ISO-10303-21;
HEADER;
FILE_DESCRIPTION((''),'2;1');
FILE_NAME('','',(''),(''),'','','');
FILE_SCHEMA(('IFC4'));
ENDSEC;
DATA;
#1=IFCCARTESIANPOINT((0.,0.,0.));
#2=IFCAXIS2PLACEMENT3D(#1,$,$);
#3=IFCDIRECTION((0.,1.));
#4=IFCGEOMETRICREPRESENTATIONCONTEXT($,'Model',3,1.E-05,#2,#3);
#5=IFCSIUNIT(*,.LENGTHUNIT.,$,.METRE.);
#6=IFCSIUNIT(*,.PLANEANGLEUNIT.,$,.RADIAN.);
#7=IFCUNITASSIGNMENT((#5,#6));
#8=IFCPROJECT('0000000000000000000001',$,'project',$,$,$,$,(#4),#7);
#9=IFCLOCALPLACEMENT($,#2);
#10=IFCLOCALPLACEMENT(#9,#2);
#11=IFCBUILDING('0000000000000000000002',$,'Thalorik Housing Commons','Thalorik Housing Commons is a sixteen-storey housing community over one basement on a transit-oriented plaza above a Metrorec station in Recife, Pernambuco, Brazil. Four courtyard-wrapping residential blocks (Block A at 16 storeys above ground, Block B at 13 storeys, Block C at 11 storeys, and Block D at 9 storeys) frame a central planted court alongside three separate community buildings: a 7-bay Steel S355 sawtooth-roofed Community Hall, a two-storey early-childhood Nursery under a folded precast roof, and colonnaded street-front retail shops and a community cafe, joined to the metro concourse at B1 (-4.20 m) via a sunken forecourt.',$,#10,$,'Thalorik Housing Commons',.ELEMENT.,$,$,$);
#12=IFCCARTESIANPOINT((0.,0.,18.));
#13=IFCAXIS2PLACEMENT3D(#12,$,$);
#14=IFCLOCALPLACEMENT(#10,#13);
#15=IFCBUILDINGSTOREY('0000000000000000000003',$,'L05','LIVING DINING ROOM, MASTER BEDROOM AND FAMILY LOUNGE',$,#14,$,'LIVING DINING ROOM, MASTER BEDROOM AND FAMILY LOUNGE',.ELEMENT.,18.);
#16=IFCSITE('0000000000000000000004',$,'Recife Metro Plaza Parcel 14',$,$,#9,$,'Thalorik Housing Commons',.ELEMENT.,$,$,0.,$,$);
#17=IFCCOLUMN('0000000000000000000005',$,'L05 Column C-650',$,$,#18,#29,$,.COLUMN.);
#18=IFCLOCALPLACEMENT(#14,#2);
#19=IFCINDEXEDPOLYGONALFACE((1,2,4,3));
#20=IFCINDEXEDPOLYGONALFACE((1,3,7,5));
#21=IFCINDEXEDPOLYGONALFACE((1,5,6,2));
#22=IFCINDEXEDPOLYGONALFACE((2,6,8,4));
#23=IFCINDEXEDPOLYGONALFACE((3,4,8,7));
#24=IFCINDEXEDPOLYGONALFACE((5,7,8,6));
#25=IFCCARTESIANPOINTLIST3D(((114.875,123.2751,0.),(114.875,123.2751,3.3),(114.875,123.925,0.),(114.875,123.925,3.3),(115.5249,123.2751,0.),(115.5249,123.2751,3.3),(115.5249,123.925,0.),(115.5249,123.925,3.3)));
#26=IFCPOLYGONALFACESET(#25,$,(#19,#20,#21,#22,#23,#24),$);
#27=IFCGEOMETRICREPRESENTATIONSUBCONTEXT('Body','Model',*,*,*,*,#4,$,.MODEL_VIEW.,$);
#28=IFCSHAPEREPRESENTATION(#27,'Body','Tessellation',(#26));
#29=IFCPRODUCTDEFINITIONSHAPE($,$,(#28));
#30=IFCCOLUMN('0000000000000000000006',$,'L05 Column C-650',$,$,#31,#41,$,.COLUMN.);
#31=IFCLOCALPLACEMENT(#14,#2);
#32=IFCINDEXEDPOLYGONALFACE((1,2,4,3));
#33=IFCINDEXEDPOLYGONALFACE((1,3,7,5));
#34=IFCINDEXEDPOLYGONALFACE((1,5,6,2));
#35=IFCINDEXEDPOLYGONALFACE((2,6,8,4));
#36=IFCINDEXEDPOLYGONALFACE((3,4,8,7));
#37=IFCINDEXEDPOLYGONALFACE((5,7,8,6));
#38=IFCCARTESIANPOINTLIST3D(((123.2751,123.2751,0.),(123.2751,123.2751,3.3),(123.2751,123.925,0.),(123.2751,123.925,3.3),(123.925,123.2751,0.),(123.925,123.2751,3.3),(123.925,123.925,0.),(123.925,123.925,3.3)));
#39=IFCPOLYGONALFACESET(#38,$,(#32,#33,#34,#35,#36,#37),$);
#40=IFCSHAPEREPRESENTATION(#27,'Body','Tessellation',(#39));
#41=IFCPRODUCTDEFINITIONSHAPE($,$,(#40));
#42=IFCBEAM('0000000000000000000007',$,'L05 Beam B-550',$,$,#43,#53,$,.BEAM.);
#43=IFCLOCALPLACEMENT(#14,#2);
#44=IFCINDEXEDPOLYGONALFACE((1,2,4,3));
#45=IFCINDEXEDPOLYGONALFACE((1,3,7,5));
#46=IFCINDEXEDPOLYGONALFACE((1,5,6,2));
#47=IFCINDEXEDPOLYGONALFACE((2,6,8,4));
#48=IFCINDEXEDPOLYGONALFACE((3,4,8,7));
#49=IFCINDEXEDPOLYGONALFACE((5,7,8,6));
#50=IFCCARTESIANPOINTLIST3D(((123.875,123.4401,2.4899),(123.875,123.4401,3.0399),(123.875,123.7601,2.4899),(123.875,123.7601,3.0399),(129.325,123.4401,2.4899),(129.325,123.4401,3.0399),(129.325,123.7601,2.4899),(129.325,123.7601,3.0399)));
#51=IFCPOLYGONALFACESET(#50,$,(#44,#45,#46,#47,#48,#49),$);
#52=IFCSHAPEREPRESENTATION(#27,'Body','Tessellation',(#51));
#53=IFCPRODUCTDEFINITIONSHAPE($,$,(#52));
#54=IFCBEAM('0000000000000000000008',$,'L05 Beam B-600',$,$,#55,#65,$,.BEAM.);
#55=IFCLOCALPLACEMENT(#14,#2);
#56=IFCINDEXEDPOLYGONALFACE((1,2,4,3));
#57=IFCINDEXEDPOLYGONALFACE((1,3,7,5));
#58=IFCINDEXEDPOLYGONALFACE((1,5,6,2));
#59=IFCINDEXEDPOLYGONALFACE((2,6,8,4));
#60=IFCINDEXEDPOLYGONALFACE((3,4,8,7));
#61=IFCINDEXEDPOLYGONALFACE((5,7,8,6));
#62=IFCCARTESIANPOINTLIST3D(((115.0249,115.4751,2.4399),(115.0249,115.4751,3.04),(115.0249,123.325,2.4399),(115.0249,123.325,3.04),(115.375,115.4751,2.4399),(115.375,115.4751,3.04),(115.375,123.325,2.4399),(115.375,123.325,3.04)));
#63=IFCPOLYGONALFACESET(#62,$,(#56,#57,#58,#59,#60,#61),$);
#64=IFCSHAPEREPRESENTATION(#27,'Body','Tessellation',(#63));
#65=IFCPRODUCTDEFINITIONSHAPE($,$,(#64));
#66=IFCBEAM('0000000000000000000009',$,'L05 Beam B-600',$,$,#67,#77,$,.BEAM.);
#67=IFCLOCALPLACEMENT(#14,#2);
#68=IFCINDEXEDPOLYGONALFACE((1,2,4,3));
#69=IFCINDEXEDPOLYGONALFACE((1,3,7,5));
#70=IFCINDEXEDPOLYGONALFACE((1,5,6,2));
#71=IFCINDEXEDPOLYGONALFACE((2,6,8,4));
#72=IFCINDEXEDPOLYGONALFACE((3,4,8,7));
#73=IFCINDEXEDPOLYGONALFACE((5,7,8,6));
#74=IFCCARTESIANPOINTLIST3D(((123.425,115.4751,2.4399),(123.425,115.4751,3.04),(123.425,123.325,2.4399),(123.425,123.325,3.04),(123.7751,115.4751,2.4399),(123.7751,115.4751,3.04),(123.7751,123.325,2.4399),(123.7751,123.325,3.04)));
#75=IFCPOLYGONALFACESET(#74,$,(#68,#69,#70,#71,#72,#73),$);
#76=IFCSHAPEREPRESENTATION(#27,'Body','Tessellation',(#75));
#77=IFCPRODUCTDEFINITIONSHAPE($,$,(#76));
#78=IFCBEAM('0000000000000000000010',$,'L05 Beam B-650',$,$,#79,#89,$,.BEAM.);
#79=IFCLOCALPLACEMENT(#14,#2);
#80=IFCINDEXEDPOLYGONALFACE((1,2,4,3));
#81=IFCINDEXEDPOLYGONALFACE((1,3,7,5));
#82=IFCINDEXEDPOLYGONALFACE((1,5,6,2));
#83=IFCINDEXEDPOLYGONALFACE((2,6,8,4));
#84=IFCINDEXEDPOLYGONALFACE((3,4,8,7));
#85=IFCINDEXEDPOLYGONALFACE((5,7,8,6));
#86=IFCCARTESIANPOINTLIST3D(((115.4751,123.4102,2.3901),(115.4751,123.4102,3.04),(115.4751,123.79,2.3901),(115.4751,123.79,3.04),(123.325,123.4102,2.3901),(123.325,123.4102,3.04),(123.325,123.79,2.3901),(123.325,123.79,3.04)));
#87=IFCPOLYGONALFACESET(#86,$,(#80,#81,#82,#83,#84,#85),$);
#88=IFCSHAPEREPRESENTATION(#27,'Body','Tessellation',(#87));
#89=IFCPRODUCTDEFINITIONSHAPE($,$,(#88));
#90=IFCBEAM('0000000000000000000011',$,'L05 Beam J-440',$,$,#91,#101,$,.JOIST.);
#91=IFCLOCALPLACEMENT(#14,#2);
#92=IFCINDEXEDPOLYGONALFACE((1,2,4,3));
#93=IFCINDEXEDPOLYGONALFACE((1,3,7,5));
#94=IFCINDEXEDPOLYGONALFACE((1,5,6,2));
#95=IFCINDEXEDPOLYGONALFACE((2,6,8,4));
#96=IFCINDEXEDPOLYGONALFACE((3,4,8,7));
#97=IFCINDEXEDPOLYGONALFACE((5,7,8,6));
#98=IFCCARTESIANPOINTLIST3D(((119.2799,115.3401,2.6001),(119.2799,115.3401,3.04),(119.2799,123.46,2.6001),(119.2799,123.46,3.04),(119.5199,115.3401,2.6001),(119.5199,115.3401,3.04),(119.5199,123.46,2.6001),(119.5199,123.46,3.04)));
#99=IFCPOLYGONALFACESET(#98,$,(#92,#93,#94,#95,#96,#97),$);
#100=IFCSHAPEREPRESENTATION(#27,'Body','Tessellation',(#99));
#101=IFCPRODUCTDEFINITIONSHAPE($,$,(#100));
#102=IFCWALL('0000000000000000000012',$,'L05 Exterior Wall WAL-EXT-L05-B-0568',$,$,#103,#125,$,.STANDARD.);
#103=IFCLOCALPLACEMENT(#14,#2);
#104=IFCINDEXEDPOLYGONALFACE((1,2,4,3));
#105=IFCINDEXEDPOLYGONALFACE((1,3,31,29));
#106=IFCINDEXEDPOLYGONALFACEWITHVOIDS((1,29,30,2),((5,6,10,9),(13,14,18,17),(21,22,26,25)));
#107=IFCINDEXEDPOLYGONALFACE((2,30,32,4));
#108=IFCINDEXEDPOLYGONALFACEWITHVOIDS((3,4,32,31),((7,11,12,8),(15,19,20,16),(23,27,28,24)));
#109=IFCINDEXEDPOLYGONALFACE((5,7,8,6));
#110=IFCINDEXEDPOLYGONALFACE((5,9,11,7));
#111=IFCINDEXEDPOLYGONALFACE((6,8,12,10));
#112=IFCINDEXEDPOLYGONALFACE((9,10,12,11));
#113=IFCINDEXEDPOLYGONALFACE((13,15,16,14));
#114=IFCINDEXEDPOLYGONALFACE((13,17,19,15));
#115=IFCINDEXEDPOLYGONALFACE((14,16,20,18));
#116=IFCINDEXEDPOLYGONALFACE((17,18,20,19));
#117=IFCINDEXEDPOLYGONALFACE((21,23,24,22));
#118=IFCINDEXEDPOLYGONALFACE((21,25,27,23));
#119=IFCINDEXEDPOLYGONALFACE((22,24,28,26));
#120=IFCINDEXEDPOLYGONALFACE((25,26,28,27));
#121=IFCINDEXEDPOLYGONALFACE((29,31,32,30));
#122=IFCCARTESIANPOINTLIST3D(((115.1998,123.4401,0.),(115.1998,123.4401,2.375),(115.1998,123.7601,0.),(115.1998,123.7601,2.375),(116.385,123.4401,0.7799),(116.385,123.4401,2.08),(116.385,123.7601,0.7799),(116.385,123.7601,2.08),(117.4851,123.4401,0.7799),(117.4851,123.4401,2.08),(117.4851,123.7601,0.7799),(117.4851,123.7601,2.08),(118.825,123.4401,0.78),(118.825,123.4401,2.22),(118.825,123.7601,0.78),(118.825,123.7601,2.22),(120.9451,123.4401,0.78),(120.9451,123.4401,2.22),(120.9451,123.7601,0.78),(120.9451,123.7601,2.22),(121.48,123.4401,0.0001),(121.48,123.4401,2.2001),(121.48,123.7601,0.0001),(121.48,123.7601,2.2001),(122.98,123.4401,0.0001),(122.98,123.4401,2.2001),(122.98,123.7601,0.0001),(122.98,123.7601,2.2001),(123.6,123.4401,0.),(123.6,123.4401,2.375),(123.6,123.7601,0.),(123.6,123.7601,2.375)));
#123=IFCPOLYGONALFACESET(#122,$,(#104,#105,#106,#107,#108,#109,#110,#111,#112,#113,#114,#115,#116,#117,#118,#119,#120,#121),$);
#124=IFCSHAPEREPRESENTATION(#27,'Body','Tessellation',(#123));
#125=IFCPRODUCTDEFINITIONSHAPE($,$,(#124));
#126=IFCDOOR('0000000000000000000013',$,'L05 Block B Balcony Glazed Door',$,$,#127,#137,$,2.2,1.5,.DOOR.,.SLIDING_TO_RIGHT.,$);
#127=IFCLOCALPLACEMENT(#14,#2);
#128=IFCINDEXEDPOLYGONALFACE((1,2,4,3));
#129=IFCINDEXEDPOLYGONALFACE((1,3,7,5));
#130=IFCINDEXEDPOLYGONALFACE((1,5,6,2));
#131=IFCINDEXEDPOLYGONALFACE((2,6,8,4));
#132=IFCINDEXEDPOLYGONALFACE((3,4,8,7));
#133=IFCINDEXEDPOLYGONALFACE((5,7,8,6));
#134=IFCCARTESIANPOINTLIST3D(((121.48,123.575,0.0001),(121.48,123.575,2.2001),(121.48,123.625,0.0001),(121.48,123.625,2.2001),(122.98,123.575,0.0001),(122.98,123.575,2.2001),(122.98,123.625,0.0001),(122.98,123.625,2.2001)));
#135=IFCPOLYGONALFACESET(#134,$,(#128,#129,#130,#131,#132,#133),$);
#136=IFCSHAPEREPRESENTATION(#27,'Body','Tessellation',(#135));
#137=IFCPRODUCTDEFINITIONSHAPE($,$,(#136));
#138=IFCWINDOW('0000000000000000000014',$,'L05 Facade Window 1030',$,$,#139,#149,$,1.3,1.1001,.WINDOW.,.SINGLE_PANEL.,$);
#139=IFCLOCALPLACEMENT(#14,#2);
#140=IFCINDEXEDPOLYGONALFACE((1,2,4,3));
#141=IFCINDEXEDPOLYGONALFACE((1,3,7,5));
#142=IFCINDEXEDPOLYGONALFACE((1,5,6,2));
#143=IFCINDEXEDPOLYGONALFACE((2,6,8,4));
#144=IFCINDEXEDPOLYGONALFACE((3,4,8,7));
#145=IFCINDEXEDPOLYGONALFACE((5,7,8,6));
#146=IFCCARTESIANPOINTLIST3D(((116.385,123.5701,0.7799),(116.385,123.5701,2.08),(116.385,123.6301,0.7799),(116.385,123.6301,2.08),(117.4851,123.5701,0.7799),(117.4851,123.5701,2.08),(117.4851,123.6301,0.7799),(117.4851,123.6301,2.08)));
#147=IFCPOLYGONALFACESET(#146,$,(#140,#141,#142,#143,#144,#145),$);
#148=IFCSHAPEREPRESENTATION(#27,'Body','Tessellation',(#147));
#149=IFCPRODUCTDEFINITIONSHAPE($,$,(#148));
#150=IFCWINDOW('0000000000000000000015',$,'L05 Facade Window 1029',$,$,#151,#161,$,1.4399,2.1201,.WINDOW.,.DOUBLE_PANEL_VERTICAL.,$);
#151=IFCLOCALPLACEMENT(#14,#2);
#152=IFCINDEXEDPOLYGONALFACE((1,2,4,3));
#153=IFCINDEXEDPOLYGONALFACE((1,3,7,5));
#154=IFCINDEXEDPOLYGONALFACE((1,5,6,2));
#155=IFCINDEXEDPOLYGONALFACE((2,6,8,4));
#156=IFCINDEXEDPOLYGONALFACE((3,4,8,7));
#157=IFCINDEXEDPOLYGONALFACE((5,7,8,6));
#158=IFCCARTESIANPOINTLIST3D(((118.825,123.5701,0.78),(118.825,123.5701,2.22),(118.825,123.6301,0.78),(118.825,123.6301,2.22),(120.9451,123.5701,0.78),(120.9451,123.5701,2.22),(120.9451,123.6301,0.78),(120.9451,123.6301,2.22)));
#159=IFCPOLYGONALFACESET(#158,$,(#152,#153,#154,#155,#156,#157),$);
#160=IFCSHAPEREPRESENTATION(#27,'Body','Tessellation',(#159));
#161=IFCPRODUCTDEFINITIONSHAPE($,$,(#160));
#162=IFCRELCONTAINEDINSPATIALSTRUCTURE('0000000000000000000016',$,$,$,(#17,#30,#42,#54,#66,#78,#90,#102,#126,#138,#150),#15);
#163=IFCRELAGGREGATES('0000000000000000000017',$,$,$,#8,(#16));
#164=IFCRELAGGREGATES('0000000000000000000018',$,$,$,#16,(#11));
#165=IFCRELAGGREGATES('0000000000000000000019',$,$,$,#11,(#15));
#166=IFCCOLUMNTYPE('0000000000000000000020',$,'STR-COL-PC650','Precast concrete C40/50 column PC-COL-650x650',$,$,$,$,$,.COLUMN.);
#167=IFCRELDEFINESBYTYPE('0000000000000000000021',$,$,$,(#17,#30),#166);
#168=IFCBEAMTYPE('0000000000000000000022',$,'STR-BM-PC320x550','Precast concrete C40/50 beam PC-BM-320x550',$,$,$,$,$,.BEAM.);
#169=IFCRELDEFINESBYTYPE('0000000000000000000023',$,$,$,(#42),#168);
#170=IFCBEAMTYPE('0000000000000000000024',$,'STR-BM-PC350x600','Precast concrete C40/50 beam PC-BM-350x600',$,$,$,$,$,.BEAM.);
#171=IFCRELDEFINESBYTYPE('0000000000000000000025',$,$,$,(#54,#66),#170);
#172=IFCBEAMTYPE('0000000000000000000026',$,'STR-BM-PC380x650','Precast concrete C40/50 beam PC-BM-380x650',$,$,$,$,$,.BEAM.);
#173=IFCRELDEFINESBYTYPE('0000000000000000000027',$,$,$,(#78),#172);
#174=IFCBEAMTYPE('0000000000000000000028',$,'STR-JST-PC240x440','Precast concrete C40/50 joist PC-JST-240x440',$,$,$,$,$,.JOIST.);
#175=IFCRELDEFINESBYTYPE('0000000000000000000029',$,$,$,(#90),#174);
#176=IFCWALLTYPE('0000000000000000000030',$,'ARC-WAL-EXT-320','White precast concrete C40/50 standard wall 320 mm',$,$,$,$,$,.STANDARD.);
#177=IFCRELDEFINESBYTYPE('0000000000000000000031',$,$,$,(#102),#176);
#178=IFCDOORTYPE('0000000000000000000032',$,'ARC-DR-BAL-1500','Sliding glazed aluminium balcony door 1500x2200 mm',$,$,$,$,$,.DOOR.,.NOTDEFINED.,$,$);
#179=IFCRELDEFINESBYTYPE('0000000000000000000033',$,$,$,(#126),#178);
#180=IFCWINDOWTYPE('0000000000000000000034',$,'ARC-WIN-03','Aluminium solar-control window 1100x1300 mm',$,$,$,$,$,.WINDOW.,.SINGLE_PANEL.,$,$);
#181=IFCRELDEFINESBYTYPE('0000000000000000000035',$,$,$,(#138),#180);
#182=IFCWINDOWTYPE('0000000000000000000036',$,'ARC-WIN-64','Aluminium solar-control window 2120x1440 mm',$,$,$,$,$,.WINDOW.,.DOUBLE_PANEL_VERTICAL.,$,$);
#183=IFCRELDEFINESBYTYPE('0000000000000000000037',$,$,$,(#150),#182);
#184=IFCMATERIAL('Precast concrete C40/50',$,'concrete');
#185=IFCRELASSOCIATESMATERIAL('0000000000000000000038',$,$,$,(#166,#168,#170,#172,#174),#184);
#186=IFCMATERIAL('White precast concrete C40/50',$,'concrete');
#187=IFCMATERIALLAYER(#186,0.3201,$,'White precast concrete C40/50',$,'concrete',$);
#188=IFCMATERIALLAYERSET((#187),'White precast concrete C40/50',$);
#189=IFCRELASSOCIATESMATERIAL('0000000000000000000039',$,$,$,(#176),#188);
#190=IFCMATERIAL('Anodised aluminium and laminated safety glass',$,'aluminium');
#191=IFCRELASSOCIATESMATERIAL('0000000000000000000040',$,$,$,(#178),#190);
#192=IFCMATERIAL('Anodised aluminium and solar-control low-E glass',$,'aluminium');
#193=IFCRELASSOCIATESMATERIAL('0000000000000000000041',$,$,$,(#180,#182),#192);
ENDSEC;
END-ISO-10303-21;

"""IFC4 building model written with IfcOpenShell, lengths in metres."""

from ifc_helpers import new_model, si_unit, direction, frame, frame_2d, origin, origin_2d, place, context, subcontext, project, spatial, rectangle, extrude, material, layer, layer_set, material_profile, profile_set, type_object, element, fill, save


model = new_model("IFC4")

# Units and contexts
model_context = context("Model", 3, precision=1e-05, world=origin(), true_north=direction((0.0, 1.0)))
body_context = subcontext(model_context, "Body", "Model", "MODEL_VIEW")
ifc_project = project(units=[si_unit("LENGTHUNIT", "METRE"), si_unit("PLANEANGLEUNIT", "RADIAN")], contexts=[model_context])

# Site, building, storey
site_placement = place(None, origin())
site = spatial("IfcSite", under=ifc_project, at=site_placement, Name="Recife Metro Plaza Parcel 14", LongName="Thalorik Housing Commons", CompositionType="ELEMENT", RefElevation=0.0)
building_placement = place(site_placement, origin())
building = spatial("IfcBuilding", under=site, at=building_placement, Name="Thalorik Housing Commons", Description="Thalorik Housing Commons is a sixteen-storey housing community over one basement on a transit-oriented plaza above a Metrorec station in Recife, Pernambuco, Brazil. Four courtyard-wrapping residential blocks (Block A at 16 storeys above ground, Block B at 13 storeys, Block C at 11 storeys, and Block D at 9 storeys) frame a central planted court alongside three separate community buildings: a 7-bay Steel S355 sawtooth-roofed Community Hall, a two-storey early-childhood Nursery under a folded precast roof, and colonnaded street-front retail shops and a community cafe, joined to the metro concourse at B1 (-4.20 m) via a sunken forecourt.", LongName="Thalorik Housing Commons", CompositionType="ELEMENT")
storey_placement = place(building_placement, frame((0.0, 0.0, 18.0)))
storey = spatial("IfcBuildingStorey", under=building, at=storey_placement, Name="L05", Description="LIVING DINING ROOM, MASTER BEDROOM AND FAMILY LOUNGE", LongName="LIVING DINING ROOM, MASTER BEDROOM AND FAMILY LOUNGE", CompositionType="ELEMENT", Elevation=18.0)

# Columns
ifc_material_1 = material(Name="Precast concrete C40/50", Category="concrete")
ifc_material_profile_1 = material_profile(ifc_material_1, rectangle(XDim=0.6499, YDim=0.6499, at=origin_2d()), Name="PC 650x650", Category="concrete")
ifc_profile_set_1 = profile_set([ifc_material_profile_1], Name="Precast concrete C40/50")
column_type = type_object("IfcColumnType", Name="STR-COL-PC650", Description="Precast concrete C40/50 column PC-COL-650x650", PredefinedType="COLUMN", material=ifc_profile_set_1)
for number, where, z_axis, x_axis, name in (
    (1, (115.2, 123.6001, 0.0), (0.0, 0.0, 1.0), (1.0, 0.0, 0.0), "L05 Column C-650"),
    (2, (123.6001, 123.6001, 0.0), (0.0, 0.0, 1.0), (1.0, 0.0, 0.0), "L05 Column C-650"),
):
    element("IfcColumn", number, at=place(storey_placement, frame(where, z_axis=z_axis, x_axis=x_axis)), inside=storey, type_object=column_type, Name=name, PredefinedType="COLUMN", context=body_context, shape_type="SweptSolid", body=[
        extrude(rectangle(XDim=0.6499, YDim=0.6499, at=origin_2d()), origin(), (0.0, 0.0, 1.0), 3.3),
    ])

# Beams
ifc_material_profile_2 = material_profile(ifc_material_1, rectangle(XDim=0.3201, YDim=0.55, at=origin_2d()), Name="PC 320x550", Category="concrete")
ifc_profile_set_2 = profile_set([ifc_material_profile_2], Name="Precast concrete C40/50")
beam_type_1 = type_object("IfcBeamType", Name="STR-BM-PC320x550", Description="Precast concrete C40/50 beam PC-BM-320x550", PredefinedType="BEAM", material=ifc_profile_set_2)
beam_1_placement = place(storey_placement, frame((123.875, 123.6001, 2.7649), z_axis=(1.0, 0.0, 0.0), x_axis=(0.0, 1.0, 0.0)))
element("IfcBeam", 3, at=beam_1_placement, inside=storey, type_object=beam_type_1, Name="L05 Beam B-550", PredefinedType="BEAM", context=body_context, shape_type="SweptSolid", body=[
    extrude(rectangle(XDim=0.3201, YDim=0.55, at=origin_2d()), origin(), (0.0, 0.0, 1.0), 5.45),
])
ifc_material_profile_3 = material_profile(ifc_material_1, rectangle(XDim=0.3501, YDim=0.6001, at=origin_2d()), Name="PC 350x600", Category="concrete")
ifc_profile_set_3 = profile_set([ifc_material_profile_3], Name="Precast concrete C40/50")
beam_type_2 = type_object("IfcBeamType", Name="STR-BM-PC350x600", Description="Precast concrete C40/50 beam PC-BM-350x600", PredefinedType="BEAM", material=ifc_profile_set_3)
for number, where, z_axis, x_axis, name in (
    (4, (115.2, 115.4751, 2.74), (0.0, 1.0, 0.0), (-1.0, 0.0, 0.0), "L05 Beam B-600"),
    (5, (123.6001, 115.4751, 2.74), (0.0, 1.0, 0.0), (-1.0, 0.0, 0.0), "L05 Beam B-600"),
):
    element("IfcBeam", number, at=place(storey_placement, frame(where, z_axis=z_axis, x_axis=x_axis)), inside=storey, type_object=beam_type_2, Name=name, PredefinedType="BEAM", context=body_context, shape_type="SweptSolid", body=[
        extrude(rectangle(XDim=0.3501, YDim=0.6001, at=origin_2d()), origin(), (0.0, 0.0, 1.0), 7.8499),
    ])
ifc_material_profile_4 = material_profile(ifc_material_1, rectangle(XDim=0.3799, YDim=0.6499, at=origin_2d()), Name="PC 380x650", Category="concrete")
ifc_profile_set_4 = profile_set([ifc_material_profile_4], Name="Precast concrete C40/50")
beam_type_3 = type_object("IfcBeamType", Name="STR-BM-PC380x650", Description="Precast concrete C40/50 beam PC-BM-380x650", PredefinedType="BEAM", material=ifc_profile_set_4)
beam_2_placement = place(storey_placement, frame((115.4751, 123.6001, 2.7151), z_axis=(1.0, 0.0, 0.0), x_axis=(0.0, 1.0, 0.0)))
element("IfcBeam", 6, at=beam_2_placement, inside=storey, type_object=beam_type_3, Name="L05 Beam B-650", PredefinedType="BEAM", context=body_context, shape_type="SweptSolid", body=[
    extrude(rectangle(XDim=0.3799, YDim=0.6499, at=origin_2d()), origin(), (0.0, 0.0, 1.0), 7.8499),
])
ifc_material_profile_5 = material_profile(ifc_material_1, rectangle(XDim=0.24, YDim=0.4399, at=origin_2d()), Name="PC JST 240x440", Category="concrete")
ifc_profile_set_5 = profile_set([ifc_material_profile_5], Name="Precast concrete C40/50")
beam_type_4 = type_object("IfcBeamType", Name="STR-JST-PC240x440", Description="Precast concrete C40/50 joist PC-JST-240x440", PredefinedType="JOIST", material=ifc_profile_set_5)
beam_3_placement = place(storey_placement, frame((119.3999, 115.3401, 2.8201), z_axis=(0.0, 1.0, 0.0), x_axis=(-1.0, 0.0, 0.0)))
element("IfcBeam", 7, at=beam_3_placement, inside=storey, type_object=beam_type_4, Name="L05 Beam J-440", PredefinedType="JOIST", context=body_context, shape_type="SweptSolid", body=[
    extrude(rectangle(XDim=0.24, YDim=0.4399, at=origin_2d()), origin(), (0.0, 0.0, 1.0), 8.1199),
])

# Wall, openings, door, windows
ifc_material_2 = material(Name="White precast concrete C40/50", Category="concrete")
ifc_layer_1 = layer(ifc_material_2, 0.3201, Name="White precast concrete C40/50", Category="concrete")
ifc_layer_set_1 = layer_set([ifc_layer_1], Name="White precast concrete C40/50")
wall_type = type_object("IfcWallType", Name="ARC-WAL-EXT-320", Description="White precast concrete C40/50 standard wall 320 mm", PredefinedType="STANDARD", material=ifc_layer_set_1)
wall_1_placement = place(storey_placement, frame((123.6001, 123.6001, 0.0), z_axis=(0.0, 0.0, 1.0), x_axis=(-1.0, 0.0, 0.0)))
wall_1 = element("IfcWall", 8, at=wall_1_placement, inside=storey, type_object=wall_type, Name="L05 Exterior Wall WAL-EXT-L05-B-0568", PredefinedType="STANDARD", context=body_context, shape_type="SweptSolid", body=[
    extrude(rectangle(XDim=8.4001, YDim=0.3201, at=frame_2d((4.2002, 0.0))), origin(), (0.0, 0.0, 1.0), 2.375),
])
opening_1_placement = place(wall_1_placement, frame((0.6201, 0.0, 0.0)))
opening_1 = element("IfcOpeningElement", 9, at=opening_1_placement, cuts=wall_1, PredefinedType="OPENING", context=body_context, shape_type="SweptSolid", body=[
    extrude(rectangle(XDim=1.5, YDim=2.2, at=frame_2d((0.75, 1.1001))), frame((0.0, 0.1699, 0.0), z_axis=(0.0, -1.0, 0.0), x_axis=(1.0, 0.0, 0.0)), (0.0, 0.0, 1.0), 0.3401),
])
opening_2_placement = place(wall_1_placement, frame((2.655, 0.0, 0.78)))
opening_2 = element("IfcOpeningElement", 10, at=opening_2_placement, cuts=wall_1, PredefinedType="OPENING", context=body_context, shape_type="SweptSolid", body=[
    extrude(rectangle(XDim=2.1201, YDim=1.4399, at=frame_2d((1.0601, 0.72))), frame((0.0, 0.1699, 0.0), z_axis=(0.0, -1.0, 0.0), x_axis=(1.0, 0.0, 0.0)), (0.0, 0.0, 1.0), 0.3401),
])
opening_3_placement = place(wall_1_placement, frame((6.115, 0.0, 0.78)))
opening_3 = element("IfcOpeningElement", 11, at=opening_3_placement, cuts=wall_1, PredefinedType="OPENING", context=body_context, shape_type="SweptSolid", body=[
    extrude(rectangle(XDim=1.1001, YDim=1.3, at=frame_2d((0.55, 0.6499))), frame((0.0, 0.1699, 0.0), z_axis=(0.0, -1.0, 0.0), x_axis=(1.0, 0.0, 0.0)), (0.0, 0.0, 1.0), 0.3401),
])
ifc_material_3 = material(Name="Anodised aluminium and laminated safety glass", Category="aluminium")
door_type_1 = type_object("IfcDoorType", Name="ARC-DR-BAL-1500", Description="Sliding glazed aluminium balcony door 1500x2200 mm", OperationType="NOTDEFINED", PredefinedType="DOOR", material=ifc_material_3)
door_1_placement = place(opening_1_placement, frame((1.5, 0.0, 0.0), z_axis=(0.0, 0.0, 1.0), x_axis=(-1.0, 0.0, 0.0)))
door_1 = element("IfcDoor", 12, at=door_1_placement, inside=storey, type_object=door_type_1, Name="L05 Block B Balcony Glazed Door", OperationType="SLIDING_TO_RIGHT", OverallHeight=2.2, OverallWidth=1.5, PredefinedType="DOOR", context=body_context, shape_type="SweptSolid", body=[
    extrude(rectangle(XDim=1.5, YDim=2.2, at=frame_2d((0.75, 1.1001))), frame((0.0, 0.0249, 0.0), z_axis=(0.0, -1.0, 0.0), x_axis=(1.0, 0.0, 0.0)), (0.0, 0.0, 1.0), 0.05),
])
fill(opening_1, door_1)
ifc_material_4 = material(Name="Anodised aluminium and solar-control low-E glass", Category="aluminium")
window_type_1 = type_object("IfcWindowType", Name="ARC-WIN-03", Description="Aluminium solar-control window 1100x1300 mm", PartitioningType="SINGLE_PANEL", PredefinedType="WINDOW", material=ifc_material_4)
window_1_placement = place(opening_3_placement, origin())
window_1 = element("IfcWindow", 13, at=window_1_placement, inside=storey, type_object=window_type_1, Name="L05 Facade Window 1030", OverallHeight=1.3, OverallWidth=1.1001, PartitioningType="SINGLE_PANEL", PredefinedType="WINDOW", context=body_context, shape_type="SweptSolid", body=[
    extrude(rectangle(XDim=1.1001, YDim=1.3, at=frame_2d((0.55, 0.6499))), frame((0.0, 0.03, 0.0), z_axis=(0.0, -1.0, 0.0), x_axis=(1.0, 0.0, 0.0)), (0.0, 0.0, 1.0), 0.0601),
])
fill(opening_3, window_1)
window_type_2 = type_object("IfcWindowType", Name="ARC-WIN-64", Description="Aluminium solar-control window 2120x1440 mm", PartitioningType="DOUBLE_PANEL_VERTICAL", PredefinedType="WINDOW", material=ifc_material_4)
window_2_placement = place(opening_2_placement, origin())
window_2 = element("IfcWindow", 14, at=window_2_placement, inside=storey, type_object=window_type_2, Name="L05 Facade Window 1029", OverallHeight=1.4399, OverallWidth=2.1201, PartitioningType="DOUBLE_PANEL_VERTICAL", PredefinedType="WINDOW", context=body_context, shape_type="SweptSolid", body=[
    extrude(rectangle(XDim=2.1201, YDim=1.4399, at=frame_2d((1.0601, 0.72))), frame((0.0, 0.03, 0.0), z_axis=(0.0, -1.0, 0.0), x_axis=(1.0, 0.0, 0.0)), (0.0, 0.0, 1.0), 0.0601),
])
fill(opening_2, window_2)

save(model, "model.ifc")
